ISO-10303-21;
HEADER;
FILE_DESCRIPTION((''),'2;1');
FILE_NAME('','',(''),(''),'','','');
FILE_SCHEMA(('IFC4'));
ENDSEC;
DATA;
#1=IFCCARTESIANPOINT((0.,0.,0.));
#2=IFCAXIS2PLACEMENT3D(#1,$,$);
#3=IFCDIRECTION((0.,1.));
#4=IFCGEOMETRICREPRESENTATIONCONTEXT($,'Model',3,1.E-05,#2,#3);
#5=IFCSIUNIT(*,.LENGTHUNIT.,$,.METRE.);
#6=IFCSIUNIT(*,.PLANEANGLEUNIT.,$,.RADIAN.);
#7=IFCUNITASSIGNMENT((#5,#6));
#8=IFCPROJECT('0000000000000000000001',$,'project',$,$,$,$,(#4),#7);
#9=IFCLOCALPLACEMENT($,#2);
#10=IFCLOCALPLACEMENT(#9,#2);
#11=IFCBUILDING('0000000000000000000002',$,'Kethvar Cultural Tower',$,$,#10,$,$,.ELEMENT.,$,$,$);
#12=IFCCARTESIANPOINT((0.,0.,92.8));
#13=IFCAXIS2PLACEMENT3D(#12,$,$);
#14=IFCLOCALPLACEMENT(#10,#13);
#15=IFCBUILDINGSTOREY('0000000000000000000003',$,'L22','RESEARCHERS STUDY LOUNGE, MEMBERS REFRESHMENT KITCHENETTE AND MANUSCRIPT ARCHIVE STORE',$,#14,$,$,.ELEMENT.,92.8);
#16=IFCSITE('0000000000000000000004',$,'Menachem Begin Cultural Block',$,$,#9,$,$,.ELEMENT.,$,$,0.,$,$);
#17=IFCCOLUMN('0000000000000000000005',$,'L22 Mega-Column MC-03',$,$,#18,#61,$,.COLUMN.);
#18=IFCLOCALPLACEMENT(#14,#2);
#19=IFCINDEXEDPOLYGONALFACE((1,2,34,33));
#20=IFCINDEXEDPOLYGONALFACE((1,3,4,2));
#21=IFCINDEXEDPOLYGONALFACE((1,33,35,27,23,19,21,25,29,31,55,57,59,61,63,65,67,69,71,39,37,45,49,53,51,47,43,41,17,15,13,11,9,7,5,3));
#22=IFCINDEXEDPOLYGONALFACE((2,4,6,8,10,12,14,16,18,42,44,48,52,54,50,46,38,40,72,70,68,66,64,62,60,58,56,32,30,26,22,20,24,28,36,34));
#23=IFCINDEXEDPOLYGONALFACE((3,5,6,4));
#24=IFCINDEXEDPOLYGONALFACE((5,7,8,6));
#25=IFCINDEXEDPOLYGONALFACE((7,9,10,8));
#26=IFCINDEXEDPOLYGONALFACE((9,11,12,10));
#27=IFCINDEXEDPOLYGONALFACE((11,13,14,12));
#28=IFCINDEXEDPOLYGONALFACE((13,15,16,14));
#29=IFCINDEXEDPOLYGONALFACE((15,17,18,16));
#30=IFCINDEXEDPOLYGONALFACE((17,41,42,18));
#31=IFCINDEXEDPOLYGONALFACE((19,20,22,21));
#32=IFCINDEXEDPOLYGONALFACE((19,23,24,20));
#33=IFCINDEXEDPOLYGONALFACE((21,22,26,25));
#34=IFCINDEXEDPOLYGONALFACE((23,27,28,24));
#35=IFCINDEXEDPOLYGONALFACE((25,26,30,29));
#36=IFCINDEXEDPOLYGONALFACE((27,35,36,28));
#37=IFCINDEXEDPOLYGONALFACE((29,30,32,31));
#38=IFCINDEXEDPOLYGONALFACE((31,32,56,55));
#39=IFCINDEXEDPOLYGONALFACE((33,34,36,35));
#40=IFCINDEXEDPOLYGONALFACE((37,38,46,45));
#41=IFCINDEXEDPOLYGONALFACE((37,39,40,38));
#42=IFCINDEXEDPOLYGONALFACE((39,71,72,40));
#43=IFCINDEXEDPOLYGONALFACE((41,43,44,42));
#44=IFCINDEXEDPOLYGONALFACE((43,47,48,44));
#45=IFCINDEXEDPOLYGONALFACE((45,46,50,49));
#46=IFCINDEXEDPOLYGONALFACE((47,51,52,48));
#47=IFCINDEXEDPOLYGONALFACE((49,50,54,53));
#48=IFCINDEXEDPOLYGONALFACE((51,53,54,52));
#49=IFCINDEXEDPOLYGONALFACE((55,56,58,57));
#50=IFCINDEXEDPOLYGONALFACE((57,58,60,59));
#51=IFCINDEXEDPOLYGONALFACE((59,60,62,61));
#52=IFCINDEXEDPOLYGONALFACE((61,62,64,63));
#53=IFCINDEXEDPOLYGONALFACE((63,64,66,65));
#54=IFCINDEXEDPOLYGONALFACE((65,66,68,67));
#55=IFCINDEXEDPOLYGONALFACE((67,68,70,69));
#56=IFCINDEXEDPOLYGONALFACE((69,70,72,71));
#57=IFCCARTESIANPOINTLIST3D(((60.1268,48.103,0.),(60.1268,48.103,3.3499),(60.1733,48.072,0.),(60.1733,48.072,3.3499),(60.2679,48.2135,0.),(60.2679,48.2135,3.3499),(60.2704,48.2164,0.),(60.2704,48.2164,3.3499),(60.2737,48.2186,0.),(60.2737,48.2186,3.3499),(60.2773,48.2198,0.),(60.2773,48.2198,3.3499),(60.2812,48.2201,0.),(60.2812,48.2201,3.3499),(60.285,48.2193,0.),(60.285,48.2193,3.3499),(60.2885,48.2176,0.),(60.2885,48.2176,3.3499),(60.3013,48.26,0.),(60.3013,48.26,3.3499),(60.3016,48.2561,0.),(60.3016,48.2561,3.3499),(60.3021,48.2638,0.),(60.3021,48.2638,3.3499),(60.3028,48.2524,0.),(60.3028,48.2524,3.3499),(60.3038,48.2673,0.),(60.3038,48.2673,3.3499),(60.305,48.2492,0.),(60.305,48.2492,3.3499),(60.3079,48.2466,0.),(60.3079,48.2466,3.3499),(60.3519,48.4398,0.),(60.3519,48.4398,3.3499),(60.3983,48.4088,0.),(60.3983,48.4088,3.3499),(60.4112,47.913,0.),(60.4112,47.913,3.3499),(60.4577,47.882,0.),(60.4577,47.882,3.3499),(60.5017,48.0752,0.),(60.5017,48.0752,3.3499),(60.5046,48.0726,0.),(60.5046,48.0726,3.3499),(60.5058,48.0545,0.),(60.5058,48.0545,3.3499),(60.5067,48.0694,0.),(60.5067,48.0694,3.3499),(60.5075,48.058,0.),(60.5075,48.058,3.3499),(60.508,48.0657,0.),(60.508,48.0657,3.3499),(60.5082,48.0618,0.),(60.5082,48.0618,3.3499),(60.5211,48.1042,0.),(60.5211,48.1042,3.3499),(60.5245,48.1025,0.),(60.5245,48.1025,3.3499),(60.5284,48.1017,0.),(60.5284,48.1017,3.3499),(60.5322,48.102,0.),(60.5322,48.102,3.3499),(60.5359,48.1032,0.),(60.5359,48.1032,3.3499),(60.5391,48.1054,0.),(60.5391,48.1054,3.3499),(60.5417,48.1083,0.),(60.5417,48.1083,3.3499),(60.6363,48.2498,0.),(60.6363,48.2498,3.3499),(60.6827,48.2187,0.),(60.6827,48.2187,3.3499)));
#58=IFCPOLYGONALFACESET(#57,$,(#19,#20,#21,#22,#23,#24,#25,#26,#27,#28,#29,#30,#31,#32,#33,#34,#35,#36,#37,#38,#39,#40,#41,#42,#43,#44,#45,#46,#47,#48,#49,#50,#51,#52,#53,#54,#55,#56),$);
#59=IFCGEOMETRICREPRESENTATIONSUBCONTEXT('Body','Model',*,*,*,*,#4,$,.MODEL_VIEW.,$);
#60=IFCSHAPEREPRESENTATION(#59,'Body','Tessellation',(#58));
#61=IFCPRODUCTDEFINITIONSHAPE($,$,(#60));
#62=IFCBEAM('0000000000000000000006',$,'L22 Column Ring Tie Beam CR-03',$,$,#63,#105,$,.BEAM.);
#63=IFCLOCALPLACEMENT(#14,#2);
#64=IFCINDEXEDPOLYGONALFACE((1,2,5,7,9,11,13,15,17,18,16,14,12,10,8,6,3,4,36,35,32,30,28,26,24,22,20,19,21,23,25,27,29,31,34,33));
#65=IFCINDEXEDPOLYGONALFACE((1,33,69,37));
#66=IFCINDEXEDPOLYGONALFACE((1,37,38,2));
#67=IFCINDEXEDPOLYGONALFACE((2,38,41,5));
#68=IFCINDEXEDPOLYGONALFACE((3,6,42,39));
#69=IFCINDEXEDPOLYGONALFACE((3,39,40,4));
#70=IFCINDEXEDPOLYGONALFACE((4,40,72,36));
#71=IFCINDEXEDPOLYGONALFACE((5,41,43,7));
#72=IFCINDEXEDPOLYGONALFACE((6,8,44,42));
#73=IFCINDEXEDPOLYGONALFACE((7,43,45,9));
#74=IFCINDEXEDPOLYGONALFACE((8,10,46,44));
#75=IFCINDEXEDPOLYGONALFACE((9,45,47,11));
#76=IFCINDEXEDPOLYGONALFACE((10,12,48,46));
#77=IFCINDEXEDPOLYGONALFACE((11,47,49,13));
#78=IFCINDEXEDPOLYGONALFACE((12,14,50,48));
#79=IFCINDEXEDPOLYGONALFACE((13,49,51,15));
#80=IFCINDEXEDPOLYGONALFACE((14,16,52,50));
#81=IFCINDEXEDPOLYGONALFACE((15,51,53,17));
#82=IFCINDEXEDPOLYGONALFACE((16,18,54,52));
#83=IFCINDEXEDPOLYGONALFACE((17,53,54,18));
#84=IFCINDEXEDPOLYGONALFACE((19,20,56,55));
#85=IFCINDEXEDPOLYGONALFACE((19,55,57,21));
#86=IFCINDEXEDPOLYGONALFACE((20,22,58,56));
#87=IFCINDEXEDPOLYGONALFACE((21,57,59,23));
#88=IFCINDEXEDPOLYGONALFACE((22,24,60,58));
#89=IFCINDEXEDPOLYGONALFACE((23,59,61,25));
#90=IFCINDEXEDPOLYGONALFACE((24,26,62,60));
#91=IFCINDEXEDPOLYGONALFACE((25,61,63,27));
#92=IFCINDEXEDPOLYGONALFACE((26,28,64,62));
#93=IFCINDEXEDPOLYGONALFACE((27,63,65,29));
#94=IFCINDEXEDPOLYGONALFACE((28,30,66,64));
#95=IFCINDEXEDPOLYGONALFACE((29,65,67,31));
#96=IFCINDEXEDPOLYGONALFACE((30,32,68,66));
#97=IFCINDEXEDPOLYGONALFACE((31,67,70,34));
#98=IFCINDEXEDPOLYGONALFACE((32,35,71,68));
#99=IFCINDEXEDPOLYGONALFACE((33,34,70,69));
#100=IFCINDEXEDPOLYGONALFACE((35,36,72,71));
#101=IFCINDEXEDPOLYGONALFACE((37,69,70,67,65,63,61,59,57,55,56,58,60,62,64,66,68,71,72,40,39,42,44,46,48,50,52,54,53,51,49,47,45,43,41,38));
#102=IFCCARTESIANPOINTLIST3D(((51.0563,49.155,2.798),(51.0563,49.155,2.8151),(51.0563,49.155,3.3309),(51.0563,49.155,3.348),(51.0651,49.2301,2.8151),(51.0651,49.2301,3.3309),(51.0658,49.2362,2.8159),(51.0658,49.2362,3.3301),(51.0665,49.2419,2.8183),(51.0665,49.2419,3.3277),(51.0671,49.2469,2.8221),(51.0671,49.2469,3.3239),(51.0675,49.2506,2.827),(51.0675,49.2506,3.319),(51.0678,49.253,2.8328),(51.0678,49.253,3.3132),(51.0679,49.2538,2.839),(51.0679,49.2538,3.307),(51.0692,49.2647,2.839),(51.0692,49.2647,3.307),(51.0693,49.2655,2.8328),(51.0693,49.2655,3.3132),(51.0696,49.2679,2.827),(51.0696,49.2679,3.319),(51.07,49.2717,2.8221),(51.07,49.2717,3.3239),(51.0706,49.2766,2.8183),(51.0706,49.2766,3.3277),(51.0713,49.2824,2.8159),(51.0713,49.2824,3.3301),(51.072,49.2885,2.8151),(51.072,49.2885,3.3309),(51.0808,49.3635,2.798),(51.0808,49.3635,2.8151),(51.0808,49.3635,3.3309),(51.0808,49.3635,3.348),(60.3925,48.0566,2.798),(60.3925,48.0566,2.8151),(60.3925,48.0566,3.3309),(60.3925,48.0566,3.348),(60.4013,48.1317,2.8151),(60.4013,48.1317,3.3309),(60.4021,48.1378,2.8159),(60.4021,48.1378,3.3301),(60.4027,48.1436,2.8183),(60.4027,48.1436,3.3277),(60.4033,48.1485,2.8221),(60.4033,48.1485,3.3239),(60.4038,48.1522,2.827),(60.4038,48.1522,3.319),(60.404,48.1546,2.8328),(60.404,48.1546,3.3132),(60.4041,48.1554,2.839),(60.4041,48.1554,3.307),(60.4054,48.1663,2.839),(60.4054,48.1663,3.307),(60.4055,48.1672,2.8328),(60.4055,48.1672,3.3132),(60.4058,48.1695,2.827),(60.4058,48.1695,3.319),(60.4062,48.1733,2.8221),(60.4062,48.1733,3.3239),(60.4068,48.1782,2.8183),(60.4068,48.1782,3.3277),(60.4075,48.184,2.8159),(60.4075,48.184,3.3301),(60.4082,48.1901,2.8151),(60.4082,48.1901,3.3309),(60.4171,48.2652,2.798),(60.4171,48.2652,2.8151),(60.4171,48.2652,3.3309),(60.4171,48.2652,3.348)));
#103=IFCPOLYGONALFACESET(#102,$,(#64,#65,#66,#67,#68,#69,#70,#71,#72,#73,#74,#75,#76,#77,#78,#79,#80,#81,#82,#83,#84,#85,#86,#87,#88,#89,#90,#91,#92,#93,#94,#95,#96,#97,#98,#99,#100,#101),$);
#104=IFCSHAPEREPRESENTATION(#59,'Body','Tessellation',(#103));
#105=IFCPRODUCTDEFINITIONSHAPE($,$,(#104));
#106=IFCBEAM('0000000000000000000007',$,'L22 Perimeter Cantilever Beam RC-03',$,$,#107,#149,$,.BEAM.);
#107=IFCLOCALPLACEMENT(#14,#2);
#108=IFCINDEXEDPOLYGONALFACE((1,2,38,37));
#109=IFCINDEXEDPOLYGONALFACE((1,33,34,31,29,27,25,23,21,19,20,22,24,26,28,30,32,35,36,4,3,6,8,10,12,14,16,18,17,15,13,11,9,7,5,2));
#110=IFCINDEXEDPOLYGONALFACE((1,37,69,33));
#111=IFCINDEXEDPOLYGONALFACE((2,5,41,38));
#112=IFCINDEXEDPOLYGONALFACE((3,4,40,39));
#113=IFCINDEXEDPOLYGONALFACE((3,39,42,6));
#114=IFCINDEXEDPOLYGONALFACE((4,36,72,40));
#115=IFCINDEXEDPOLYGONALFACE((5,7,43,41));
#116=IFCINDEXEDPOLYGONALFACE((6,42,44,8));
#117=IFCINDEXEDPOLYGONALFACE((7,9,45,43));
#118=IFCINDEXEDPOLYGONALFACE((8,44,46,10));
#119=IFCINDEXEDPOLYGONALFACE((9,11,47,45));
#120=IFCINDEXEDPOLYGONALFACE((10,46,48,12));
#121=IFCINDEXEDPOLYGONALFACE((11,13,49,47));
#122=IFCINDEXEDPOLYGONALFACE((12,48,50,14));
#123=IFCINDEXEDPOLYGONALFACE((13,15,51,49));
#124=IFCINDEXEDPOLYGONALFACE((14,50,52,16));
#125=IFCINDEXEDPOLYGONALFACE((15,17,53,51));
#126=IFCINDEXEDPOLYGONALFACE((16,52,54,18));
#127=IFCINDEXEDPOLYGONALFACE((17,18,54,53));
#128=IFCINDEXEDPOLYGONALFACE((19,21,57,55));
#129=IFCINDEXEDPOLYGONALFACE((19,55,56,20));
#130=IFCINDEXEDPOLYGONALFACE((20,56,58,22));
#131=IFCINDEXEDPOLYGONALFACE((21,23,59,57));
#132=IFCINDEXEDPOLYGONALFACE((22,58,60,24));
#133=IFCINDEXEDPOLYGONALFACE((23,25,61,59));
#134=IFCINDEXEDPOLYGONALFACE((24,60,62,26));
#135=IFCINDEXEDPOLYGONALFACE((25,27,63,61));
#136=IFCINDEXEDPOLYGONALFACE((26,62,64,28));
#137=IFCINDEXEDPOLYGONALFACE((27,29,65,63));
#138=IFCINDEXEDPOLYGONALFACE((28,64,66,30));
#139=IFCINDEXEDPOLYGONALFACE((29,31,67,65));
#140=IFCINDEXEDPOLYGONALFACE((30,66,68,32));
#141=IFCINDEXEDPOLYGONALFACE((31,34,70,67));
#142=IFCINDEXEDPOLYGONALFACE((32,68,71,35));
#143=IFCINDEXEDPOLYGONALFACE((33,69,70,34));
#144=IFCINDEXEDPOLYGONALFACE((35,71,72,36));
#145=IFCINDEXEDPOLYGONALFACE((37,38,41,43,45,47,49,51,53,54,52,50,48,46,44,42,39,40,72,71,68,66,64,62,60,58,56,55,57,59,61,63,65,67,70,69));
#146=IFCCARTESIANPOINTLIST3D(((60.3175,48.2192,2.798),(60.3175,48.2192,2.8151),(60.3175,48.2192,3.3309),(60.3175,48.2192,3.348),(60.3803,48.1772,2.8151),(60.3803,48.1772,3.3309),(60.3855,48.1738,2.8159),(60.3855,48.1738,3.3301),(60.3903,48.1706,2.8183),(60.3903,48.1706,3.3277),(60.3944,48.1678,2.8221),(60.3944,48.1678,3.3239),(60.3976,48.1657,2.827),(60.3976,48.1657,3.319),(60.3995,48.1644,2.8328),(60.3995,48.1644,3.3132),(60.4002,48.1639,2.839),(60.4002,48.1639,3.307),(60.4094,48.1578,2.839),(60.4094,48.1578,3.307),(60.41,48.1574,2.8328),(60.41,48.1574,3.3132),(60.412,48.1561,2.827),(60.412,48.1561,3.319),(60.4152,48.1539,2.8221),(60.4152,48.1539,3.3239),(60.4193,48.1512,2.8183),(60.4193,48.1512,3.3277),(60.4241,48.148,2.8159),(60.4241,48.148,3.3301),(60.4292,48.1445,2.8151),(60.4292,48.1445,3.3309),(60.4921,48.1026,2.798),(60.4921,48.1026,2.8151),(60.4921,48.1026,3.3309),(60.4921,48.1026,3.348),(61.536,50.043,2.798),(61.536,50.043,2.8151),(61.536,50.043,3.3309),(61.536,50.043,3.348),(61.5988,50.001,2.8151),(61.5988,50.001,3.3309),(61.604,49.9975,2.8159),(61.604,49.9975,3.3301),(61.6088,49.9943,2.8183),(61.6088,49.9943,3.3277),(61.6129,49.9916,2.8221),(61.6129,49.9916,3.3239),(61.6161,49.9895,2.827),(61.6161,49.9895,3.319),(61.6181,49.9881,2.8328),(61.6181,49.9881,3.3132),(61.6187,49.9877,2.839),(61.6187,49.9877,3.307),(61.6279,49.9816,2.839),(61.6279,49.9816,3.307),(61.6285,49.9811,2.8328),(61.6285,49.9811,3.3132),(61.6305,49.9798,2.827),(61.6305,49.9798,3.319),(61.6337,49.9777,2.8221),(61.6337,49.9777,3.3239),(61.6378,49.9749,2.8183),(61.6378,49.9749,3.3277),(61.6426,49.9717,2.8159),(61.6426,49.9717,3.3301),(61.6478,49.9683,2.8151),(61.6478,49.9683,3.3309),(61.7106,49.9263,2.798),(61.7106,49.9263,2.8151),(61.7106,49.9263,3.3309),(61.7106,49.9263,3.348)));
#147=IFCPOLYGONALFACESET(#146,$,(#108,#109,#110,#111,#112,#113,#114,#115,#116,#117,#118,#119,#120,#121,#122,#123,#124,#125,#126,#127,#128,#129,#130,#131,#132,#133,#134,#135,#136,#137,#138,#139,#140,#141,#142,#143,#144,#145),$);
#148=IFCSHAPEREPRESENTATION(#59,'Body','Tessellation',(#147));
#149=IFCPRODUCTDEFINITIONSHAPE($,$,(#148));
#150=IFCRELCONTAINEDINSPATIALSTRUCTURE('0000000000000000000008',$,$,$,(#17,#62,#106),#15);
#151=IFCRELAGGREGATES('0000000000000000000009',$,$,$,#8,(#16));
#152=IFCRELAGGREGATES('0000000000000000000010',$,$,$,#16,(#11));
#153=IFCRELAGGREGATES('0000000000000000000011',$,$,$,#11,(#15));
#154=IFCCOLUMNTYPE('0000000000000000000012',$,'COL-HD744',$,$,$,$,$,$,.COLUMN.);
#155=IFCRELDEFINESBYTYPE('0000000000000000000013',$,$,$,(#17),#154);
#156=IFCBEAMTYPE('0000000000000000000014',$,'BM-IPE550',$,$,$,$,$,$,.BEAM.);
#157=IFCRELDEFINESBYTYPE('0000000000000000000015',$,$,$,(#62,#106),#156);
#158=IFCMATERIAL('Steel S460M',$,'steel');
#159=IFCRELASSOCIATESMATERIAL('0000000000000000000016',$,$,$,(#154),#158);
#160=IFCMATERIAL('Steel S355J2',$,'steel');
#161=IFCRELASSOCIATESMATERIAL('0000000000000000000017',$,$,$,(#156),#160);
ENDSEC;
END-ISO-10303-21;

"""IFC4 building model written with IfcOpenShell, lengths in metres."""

from ifc_helpers import new_model, si_unit, direction, frame, origin, origin_2d, place, context, subcontext, project, spatial, i_section, extrude, source, transform, mapped, material, material_profile, profile_set, type_object, element, save


model = new_model("IFC4")

# Units and contexts
model_context = context("Model", 3, precision=1e-05, world=origin(), true_north=direction((0.0, 1.0)))
body_context = subcontext(model_context, "Body", "Model", "MODEL_VIEW")
ifc_project = project(units=[si_unit("LENGTHUNIT", "METRE"), si_unit("PLANEANGLEUNIT", "RADIAN")], contexts=[model_context])

# Site, building, storey
site_placement = place(None, origin())
site = spatial("IfcSite", under=ifc_project, at=site_placement, Name="Menachem Begin Cultural Block", CompositionType="ELEMENT", RefElevation=0.0)
building_placement = place(site_placement, origin())
building = spatial("IfcBuilding", under=site, at=building_placement, Name="Kethvar Cultural Tower", CompositionType="ELEMENT")
storey_placement = place(building_placement, frame((0.0, 0.0, 92.8)))
storey = spatial("IfcBuildingStorey", under=building, at=storey_placement, Name="L22", Description="RESEARCHERS STUDY LOUNGE, MEMBERS REFRESHMENT KITCHENETTE AND MANUSCRIPT ARCHIVE STORE", CompositionType="ELEMENT", Elevation=92.8)

# Column
ifc_material_1 = material(Name="Steel S460M", Category="steel")
ifc_material_profile_1 = material_profile(ifc_material_1, i_section(OverallWidth=0.405, OverallDepth=0.3979, WebThickness=0.0349, FlangeThickness=0.0559, FilletRadius=0.0149, at=origin_2d()), Name="Steel S460M — HD400x744")
ifc_profile_set_1 = profile_set([ifc_material_profile_1], Name="Steel S460M — HD400x744")
column_type = type_object("IfcColumnType", Name="COL-HD744", PredefinedType="COLUMN", material=ifc_profile_set_1)
shared_shape_1 = source(origin(), body_context, "Body", "SweptSolid", [
    extrude(i_section(OverallWidth=0.405, OverallDepth=0.3979, WebThickness=0.0349, FlangeThickness=0.0559, FilletRadius=0.0149, at=origin_2d()), origin(), (0.0, 0.0, 1.0), 3.3499),
])
column_placement = place(storey_placement, frame((60.4048, 48.1609, 0.0), z_axis=(0.0, 0.0, 1.0), x_axis=(0.55557, 0.83147, 0.0)))
element("IfcColumn", 1, at=column_placement, inside=storey, type_object=column_type, Name="L22 Mega-Column MC-03", PredefinedType="COLUMN", context=body_context, shape_type="MappedRepresentation", body=[
    mapped(shared_shape_1, transform((0.0, 0.0, 0.0), scale=1.0)),
])

# Beams
ifc_material_2 = material(Name="Steel S355J2", Category="steel")
ifc_material_profile_2 = material_profile(ifc_material_2, i_section(OverallWidth=0.21, OverallDepth=0.55, WebThickness=0.011, FlangeThickness=0.0171, FilletRadius=0.0239, at=origin_2d()), Name="Steel S355J2 — IPE550")
ifc_profile_set_2 = profile_set([ifc_material_profile_2], Name="Steel S355J2 — IPE550")
beam_type_1 = type_object("IfcBeamType", Name="BM-IPE550", PredefinedType="BEAM", material=ifc_profile_set_2)
shared_shape_2 = source(origin(), body_context, "Body", "SweptSolid", [
    extrude(i_section(OverallWidth=0.21, OverallDepth=0.55, WebThickness=0.011, FlangeThickness=0.0171, FilletRadius=0.0239, at=origin_2d()), origin(), (0.0, 0.0, 1.0), 9.4006),
])
beam_1_placement = place(storey_placement, frame((60.4048, 48.1609, 3.073), z_axis=(-0.99315, 0.116843, 0.0), x_axis=(-0.116843, -0.99315, 0.0)))
element("IfcBeam", 2, at=beam_1_placement, inside=storey, type_object=beam_type_1, Name="L22 Column Ring Tie Beam CR-03", PredefinedType="BEAM", context=body_context, shape_type="MappedRepresentation", body=[
    mapped(shared_shape_2, transform((0.0, 0.0, 0.0), scale=1.0)),
])
shared_shape_3 = source(origin(), body_context, "Body", "SweptSolid", [
    extrude(i_section(OverallWidth=0.21, OverallDepth=0.55, WebThickness=0.011, FlangeThickness=0.0171, FilletRadius=0.0239, at=origin_2d()), origin(), (0.0, 0.0, 1.0), 2.1934),
])
beam_2_placement = place(storey_placement, frame((60.4048, 48.1609, 3.073), z_axis=(0.555548, 0.831485, 0.0), x_axis=(-0.831485, 0.555548, 0.0)))
element("IfcBeam", 3, at=beam_2_placement, inside=storey, type_object=beam_type_1, Name="L22 Perimeter Cantilever Beam RC-03", PredefinedType="BEAM", context=body_context, shape_type="MappedRepresentation", body=[
    mapped(shared_shape_3, transform((0.0, 0.0, 0.0), scale=1.0)),
])

save(model, "model.ifc")
